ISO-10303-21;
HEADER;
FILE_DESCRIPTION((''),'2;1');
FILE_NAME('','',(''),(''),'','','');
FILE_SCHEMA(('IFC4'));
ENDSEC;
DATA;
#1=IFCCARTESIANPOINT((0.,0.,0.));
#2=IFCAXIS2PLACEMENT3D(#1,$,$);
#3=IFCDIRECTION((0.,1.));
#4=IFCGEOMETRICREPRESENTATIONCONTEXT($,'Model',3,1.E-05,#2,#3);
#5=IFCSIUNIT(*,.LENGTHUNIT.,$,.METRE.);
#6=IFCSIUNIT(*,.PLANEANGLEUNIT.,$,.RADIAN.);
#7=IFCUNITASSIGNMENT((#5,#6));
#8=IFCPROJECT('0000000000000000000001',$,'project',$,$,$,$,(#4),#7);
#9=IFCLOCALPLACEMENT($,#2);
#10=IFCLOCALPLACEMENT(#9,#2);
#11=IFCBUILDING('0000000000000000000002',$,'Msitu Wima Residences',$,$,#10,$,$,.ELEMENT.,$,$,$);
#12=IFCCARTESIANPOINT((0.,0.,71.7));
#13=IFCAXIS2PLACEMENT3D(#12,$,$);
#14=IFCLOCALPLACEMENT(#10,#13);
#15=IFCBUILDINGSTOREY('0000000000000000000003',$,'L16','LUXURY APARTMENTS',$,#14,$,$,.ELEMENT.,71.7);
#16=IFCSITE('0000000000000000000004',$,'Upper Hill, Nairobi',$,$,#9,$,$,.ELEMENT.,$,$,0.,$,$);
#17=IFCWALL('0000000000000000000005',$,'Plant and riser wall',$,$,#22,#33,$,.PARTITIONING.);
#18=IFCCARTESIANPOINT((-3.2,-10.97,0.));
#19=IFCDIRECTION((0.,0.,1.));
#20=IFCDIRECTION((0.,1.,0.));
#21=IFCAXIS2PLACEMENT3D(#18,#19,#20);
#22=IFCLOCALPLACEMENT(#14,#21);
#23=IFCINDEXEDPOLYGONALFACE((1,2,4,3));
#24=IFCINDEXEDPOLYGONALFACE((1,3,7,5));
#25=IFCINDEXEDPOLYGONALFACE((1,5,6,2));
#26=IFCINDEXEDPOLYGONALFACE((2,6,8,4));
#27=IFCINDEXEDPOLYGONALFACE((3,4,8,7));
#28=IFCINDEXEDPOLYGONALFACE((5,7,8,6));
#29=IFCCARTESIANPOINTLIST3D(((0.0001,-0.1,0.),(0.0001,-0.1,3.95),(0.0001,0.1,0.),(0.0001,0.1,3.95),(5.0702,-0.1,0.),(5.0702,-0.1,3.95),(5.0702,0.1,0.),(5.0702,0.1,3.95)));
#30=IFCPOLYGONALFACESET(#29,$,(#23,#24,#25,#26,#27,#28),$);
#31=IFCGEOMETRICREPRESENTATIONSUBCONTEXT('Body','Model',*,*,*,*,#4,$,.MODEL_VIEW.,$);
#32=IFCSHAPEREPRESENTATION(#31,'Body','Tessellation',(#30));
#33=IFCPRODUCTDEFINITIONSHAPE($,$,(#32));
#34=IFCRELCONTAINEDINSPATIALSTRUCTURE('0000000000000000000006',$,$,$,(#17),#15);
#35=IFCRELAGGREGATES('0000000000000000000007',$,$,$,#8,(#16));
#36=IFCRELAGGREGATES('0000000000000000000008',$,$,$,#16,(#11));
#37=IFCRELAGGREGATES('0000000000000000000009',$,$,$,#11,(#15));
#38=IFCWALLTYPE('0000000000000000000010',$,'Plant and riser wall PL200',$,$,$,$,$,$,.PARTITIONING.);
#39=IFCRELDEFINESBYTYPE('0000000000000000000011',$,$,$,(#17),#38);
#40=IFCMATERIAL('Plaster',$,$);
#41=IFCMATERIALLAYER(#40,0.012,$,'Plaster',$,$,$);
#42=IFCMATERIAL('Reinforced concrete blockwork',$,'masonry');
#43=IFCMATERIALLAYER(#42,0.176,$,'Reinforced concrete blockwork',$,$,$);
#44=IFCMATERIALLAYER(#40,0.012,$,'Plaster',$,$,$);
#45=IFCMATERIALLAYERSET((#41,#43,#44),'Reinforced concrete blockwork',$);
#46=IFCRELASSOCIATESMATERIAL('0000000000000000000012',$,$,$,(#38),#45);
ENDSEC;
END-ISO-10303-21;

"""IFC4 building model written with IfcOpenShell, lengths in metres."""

from ifc_helpers import new_model, si_unit, direction, frame, frame_2d, origin, place, context, subcontext, project, spatial, rectangle, extrude, material, layer, layer_set, type_object, element, save


model = new_model("IFC4")

# Units and contexts
model_context = context("Model", 3, precision=1e-05, world=origin(), true_north=direction((0.0, 1.0)))
body_context = subcontext(model_context, "Body", "Model", "MODEL_VIEW")
ifc_project = project(units=[si_unit("LENGTHUNIT", "METRE"), si_unit("PLANEANGLEUNIT", "RADIAN")], contexts=[model_context])

# Site, building, storey
site_placement = place(None, origin())
site = spatial("IfcSite", under=ifc_project, at=site_placement, Name="Upper Hill, Nairobi", CompositionType="ELEMENT", RefElevation=0.0)
building_placement = place(site_placement, origin())
building = spatial("IfcBuilding", under=site, at=building_placement, Name="Msitu Wima Residences", CompositionType="ELEMENT")
storey_placement = place(building_placement, frame((0.0, 0.0, 71.7)))
storey = spatial("IfcBuildingStorey", under=building, at=storey_placement, Name="L16", Description="LUXURY APARTMENTS", CompositionType="ELEMENT", Elevation=71.7)

# Shared definitions
ifc_material_1 = material(Name="Plaster")

# Shared definitions
ifc_layer_1 = layer(ifc_material_1, 0.012, Name="Plaster")
ifc_material_2 = material(Name="Reinforced concrete blockwork", Category="masonry")
ifc_layer_2 = layer(ifc_material_2, 0.176, Name="Reinforced concrete blockwork")
ifc_layer_3 = layer(ifc_material_1, 0.012, Name="Plaster")
ifc_layer_set_1 = layer_set([ifc_layer_1, ifc_layer_2, ifc_layer_3], Name="Reinforced concrete blockwork")
wall_type_1 = type_object("IfcWallType", Name="Plant and riser wall PL200", PredefinedType="PARTITIONING", material=ifc_layer_set_1)

# Wall
wall_1_placement = place(storey_placement, frame((-3.2, -10.97, 0.0), z_axis=(0.0, 0.0, 1.0), x_axis=(0.0, 1.0, 0.0)))
element("IfcWall", 1, at=wall_1_placement, inside=storey, type_object=wall_type_1, Name="Plant and riser wall", PredefinedType="PARTITIONING", context=body_context, shape_type="SweptSolid", body=[
    extrude(rectangle(XDim=5.0701, YDim=0.2, at=frame_2d((2.5352, 0.0))), origin(), (0.0, 0.0, 1.0), 3.95),
])

save(model, "model.ifc")
